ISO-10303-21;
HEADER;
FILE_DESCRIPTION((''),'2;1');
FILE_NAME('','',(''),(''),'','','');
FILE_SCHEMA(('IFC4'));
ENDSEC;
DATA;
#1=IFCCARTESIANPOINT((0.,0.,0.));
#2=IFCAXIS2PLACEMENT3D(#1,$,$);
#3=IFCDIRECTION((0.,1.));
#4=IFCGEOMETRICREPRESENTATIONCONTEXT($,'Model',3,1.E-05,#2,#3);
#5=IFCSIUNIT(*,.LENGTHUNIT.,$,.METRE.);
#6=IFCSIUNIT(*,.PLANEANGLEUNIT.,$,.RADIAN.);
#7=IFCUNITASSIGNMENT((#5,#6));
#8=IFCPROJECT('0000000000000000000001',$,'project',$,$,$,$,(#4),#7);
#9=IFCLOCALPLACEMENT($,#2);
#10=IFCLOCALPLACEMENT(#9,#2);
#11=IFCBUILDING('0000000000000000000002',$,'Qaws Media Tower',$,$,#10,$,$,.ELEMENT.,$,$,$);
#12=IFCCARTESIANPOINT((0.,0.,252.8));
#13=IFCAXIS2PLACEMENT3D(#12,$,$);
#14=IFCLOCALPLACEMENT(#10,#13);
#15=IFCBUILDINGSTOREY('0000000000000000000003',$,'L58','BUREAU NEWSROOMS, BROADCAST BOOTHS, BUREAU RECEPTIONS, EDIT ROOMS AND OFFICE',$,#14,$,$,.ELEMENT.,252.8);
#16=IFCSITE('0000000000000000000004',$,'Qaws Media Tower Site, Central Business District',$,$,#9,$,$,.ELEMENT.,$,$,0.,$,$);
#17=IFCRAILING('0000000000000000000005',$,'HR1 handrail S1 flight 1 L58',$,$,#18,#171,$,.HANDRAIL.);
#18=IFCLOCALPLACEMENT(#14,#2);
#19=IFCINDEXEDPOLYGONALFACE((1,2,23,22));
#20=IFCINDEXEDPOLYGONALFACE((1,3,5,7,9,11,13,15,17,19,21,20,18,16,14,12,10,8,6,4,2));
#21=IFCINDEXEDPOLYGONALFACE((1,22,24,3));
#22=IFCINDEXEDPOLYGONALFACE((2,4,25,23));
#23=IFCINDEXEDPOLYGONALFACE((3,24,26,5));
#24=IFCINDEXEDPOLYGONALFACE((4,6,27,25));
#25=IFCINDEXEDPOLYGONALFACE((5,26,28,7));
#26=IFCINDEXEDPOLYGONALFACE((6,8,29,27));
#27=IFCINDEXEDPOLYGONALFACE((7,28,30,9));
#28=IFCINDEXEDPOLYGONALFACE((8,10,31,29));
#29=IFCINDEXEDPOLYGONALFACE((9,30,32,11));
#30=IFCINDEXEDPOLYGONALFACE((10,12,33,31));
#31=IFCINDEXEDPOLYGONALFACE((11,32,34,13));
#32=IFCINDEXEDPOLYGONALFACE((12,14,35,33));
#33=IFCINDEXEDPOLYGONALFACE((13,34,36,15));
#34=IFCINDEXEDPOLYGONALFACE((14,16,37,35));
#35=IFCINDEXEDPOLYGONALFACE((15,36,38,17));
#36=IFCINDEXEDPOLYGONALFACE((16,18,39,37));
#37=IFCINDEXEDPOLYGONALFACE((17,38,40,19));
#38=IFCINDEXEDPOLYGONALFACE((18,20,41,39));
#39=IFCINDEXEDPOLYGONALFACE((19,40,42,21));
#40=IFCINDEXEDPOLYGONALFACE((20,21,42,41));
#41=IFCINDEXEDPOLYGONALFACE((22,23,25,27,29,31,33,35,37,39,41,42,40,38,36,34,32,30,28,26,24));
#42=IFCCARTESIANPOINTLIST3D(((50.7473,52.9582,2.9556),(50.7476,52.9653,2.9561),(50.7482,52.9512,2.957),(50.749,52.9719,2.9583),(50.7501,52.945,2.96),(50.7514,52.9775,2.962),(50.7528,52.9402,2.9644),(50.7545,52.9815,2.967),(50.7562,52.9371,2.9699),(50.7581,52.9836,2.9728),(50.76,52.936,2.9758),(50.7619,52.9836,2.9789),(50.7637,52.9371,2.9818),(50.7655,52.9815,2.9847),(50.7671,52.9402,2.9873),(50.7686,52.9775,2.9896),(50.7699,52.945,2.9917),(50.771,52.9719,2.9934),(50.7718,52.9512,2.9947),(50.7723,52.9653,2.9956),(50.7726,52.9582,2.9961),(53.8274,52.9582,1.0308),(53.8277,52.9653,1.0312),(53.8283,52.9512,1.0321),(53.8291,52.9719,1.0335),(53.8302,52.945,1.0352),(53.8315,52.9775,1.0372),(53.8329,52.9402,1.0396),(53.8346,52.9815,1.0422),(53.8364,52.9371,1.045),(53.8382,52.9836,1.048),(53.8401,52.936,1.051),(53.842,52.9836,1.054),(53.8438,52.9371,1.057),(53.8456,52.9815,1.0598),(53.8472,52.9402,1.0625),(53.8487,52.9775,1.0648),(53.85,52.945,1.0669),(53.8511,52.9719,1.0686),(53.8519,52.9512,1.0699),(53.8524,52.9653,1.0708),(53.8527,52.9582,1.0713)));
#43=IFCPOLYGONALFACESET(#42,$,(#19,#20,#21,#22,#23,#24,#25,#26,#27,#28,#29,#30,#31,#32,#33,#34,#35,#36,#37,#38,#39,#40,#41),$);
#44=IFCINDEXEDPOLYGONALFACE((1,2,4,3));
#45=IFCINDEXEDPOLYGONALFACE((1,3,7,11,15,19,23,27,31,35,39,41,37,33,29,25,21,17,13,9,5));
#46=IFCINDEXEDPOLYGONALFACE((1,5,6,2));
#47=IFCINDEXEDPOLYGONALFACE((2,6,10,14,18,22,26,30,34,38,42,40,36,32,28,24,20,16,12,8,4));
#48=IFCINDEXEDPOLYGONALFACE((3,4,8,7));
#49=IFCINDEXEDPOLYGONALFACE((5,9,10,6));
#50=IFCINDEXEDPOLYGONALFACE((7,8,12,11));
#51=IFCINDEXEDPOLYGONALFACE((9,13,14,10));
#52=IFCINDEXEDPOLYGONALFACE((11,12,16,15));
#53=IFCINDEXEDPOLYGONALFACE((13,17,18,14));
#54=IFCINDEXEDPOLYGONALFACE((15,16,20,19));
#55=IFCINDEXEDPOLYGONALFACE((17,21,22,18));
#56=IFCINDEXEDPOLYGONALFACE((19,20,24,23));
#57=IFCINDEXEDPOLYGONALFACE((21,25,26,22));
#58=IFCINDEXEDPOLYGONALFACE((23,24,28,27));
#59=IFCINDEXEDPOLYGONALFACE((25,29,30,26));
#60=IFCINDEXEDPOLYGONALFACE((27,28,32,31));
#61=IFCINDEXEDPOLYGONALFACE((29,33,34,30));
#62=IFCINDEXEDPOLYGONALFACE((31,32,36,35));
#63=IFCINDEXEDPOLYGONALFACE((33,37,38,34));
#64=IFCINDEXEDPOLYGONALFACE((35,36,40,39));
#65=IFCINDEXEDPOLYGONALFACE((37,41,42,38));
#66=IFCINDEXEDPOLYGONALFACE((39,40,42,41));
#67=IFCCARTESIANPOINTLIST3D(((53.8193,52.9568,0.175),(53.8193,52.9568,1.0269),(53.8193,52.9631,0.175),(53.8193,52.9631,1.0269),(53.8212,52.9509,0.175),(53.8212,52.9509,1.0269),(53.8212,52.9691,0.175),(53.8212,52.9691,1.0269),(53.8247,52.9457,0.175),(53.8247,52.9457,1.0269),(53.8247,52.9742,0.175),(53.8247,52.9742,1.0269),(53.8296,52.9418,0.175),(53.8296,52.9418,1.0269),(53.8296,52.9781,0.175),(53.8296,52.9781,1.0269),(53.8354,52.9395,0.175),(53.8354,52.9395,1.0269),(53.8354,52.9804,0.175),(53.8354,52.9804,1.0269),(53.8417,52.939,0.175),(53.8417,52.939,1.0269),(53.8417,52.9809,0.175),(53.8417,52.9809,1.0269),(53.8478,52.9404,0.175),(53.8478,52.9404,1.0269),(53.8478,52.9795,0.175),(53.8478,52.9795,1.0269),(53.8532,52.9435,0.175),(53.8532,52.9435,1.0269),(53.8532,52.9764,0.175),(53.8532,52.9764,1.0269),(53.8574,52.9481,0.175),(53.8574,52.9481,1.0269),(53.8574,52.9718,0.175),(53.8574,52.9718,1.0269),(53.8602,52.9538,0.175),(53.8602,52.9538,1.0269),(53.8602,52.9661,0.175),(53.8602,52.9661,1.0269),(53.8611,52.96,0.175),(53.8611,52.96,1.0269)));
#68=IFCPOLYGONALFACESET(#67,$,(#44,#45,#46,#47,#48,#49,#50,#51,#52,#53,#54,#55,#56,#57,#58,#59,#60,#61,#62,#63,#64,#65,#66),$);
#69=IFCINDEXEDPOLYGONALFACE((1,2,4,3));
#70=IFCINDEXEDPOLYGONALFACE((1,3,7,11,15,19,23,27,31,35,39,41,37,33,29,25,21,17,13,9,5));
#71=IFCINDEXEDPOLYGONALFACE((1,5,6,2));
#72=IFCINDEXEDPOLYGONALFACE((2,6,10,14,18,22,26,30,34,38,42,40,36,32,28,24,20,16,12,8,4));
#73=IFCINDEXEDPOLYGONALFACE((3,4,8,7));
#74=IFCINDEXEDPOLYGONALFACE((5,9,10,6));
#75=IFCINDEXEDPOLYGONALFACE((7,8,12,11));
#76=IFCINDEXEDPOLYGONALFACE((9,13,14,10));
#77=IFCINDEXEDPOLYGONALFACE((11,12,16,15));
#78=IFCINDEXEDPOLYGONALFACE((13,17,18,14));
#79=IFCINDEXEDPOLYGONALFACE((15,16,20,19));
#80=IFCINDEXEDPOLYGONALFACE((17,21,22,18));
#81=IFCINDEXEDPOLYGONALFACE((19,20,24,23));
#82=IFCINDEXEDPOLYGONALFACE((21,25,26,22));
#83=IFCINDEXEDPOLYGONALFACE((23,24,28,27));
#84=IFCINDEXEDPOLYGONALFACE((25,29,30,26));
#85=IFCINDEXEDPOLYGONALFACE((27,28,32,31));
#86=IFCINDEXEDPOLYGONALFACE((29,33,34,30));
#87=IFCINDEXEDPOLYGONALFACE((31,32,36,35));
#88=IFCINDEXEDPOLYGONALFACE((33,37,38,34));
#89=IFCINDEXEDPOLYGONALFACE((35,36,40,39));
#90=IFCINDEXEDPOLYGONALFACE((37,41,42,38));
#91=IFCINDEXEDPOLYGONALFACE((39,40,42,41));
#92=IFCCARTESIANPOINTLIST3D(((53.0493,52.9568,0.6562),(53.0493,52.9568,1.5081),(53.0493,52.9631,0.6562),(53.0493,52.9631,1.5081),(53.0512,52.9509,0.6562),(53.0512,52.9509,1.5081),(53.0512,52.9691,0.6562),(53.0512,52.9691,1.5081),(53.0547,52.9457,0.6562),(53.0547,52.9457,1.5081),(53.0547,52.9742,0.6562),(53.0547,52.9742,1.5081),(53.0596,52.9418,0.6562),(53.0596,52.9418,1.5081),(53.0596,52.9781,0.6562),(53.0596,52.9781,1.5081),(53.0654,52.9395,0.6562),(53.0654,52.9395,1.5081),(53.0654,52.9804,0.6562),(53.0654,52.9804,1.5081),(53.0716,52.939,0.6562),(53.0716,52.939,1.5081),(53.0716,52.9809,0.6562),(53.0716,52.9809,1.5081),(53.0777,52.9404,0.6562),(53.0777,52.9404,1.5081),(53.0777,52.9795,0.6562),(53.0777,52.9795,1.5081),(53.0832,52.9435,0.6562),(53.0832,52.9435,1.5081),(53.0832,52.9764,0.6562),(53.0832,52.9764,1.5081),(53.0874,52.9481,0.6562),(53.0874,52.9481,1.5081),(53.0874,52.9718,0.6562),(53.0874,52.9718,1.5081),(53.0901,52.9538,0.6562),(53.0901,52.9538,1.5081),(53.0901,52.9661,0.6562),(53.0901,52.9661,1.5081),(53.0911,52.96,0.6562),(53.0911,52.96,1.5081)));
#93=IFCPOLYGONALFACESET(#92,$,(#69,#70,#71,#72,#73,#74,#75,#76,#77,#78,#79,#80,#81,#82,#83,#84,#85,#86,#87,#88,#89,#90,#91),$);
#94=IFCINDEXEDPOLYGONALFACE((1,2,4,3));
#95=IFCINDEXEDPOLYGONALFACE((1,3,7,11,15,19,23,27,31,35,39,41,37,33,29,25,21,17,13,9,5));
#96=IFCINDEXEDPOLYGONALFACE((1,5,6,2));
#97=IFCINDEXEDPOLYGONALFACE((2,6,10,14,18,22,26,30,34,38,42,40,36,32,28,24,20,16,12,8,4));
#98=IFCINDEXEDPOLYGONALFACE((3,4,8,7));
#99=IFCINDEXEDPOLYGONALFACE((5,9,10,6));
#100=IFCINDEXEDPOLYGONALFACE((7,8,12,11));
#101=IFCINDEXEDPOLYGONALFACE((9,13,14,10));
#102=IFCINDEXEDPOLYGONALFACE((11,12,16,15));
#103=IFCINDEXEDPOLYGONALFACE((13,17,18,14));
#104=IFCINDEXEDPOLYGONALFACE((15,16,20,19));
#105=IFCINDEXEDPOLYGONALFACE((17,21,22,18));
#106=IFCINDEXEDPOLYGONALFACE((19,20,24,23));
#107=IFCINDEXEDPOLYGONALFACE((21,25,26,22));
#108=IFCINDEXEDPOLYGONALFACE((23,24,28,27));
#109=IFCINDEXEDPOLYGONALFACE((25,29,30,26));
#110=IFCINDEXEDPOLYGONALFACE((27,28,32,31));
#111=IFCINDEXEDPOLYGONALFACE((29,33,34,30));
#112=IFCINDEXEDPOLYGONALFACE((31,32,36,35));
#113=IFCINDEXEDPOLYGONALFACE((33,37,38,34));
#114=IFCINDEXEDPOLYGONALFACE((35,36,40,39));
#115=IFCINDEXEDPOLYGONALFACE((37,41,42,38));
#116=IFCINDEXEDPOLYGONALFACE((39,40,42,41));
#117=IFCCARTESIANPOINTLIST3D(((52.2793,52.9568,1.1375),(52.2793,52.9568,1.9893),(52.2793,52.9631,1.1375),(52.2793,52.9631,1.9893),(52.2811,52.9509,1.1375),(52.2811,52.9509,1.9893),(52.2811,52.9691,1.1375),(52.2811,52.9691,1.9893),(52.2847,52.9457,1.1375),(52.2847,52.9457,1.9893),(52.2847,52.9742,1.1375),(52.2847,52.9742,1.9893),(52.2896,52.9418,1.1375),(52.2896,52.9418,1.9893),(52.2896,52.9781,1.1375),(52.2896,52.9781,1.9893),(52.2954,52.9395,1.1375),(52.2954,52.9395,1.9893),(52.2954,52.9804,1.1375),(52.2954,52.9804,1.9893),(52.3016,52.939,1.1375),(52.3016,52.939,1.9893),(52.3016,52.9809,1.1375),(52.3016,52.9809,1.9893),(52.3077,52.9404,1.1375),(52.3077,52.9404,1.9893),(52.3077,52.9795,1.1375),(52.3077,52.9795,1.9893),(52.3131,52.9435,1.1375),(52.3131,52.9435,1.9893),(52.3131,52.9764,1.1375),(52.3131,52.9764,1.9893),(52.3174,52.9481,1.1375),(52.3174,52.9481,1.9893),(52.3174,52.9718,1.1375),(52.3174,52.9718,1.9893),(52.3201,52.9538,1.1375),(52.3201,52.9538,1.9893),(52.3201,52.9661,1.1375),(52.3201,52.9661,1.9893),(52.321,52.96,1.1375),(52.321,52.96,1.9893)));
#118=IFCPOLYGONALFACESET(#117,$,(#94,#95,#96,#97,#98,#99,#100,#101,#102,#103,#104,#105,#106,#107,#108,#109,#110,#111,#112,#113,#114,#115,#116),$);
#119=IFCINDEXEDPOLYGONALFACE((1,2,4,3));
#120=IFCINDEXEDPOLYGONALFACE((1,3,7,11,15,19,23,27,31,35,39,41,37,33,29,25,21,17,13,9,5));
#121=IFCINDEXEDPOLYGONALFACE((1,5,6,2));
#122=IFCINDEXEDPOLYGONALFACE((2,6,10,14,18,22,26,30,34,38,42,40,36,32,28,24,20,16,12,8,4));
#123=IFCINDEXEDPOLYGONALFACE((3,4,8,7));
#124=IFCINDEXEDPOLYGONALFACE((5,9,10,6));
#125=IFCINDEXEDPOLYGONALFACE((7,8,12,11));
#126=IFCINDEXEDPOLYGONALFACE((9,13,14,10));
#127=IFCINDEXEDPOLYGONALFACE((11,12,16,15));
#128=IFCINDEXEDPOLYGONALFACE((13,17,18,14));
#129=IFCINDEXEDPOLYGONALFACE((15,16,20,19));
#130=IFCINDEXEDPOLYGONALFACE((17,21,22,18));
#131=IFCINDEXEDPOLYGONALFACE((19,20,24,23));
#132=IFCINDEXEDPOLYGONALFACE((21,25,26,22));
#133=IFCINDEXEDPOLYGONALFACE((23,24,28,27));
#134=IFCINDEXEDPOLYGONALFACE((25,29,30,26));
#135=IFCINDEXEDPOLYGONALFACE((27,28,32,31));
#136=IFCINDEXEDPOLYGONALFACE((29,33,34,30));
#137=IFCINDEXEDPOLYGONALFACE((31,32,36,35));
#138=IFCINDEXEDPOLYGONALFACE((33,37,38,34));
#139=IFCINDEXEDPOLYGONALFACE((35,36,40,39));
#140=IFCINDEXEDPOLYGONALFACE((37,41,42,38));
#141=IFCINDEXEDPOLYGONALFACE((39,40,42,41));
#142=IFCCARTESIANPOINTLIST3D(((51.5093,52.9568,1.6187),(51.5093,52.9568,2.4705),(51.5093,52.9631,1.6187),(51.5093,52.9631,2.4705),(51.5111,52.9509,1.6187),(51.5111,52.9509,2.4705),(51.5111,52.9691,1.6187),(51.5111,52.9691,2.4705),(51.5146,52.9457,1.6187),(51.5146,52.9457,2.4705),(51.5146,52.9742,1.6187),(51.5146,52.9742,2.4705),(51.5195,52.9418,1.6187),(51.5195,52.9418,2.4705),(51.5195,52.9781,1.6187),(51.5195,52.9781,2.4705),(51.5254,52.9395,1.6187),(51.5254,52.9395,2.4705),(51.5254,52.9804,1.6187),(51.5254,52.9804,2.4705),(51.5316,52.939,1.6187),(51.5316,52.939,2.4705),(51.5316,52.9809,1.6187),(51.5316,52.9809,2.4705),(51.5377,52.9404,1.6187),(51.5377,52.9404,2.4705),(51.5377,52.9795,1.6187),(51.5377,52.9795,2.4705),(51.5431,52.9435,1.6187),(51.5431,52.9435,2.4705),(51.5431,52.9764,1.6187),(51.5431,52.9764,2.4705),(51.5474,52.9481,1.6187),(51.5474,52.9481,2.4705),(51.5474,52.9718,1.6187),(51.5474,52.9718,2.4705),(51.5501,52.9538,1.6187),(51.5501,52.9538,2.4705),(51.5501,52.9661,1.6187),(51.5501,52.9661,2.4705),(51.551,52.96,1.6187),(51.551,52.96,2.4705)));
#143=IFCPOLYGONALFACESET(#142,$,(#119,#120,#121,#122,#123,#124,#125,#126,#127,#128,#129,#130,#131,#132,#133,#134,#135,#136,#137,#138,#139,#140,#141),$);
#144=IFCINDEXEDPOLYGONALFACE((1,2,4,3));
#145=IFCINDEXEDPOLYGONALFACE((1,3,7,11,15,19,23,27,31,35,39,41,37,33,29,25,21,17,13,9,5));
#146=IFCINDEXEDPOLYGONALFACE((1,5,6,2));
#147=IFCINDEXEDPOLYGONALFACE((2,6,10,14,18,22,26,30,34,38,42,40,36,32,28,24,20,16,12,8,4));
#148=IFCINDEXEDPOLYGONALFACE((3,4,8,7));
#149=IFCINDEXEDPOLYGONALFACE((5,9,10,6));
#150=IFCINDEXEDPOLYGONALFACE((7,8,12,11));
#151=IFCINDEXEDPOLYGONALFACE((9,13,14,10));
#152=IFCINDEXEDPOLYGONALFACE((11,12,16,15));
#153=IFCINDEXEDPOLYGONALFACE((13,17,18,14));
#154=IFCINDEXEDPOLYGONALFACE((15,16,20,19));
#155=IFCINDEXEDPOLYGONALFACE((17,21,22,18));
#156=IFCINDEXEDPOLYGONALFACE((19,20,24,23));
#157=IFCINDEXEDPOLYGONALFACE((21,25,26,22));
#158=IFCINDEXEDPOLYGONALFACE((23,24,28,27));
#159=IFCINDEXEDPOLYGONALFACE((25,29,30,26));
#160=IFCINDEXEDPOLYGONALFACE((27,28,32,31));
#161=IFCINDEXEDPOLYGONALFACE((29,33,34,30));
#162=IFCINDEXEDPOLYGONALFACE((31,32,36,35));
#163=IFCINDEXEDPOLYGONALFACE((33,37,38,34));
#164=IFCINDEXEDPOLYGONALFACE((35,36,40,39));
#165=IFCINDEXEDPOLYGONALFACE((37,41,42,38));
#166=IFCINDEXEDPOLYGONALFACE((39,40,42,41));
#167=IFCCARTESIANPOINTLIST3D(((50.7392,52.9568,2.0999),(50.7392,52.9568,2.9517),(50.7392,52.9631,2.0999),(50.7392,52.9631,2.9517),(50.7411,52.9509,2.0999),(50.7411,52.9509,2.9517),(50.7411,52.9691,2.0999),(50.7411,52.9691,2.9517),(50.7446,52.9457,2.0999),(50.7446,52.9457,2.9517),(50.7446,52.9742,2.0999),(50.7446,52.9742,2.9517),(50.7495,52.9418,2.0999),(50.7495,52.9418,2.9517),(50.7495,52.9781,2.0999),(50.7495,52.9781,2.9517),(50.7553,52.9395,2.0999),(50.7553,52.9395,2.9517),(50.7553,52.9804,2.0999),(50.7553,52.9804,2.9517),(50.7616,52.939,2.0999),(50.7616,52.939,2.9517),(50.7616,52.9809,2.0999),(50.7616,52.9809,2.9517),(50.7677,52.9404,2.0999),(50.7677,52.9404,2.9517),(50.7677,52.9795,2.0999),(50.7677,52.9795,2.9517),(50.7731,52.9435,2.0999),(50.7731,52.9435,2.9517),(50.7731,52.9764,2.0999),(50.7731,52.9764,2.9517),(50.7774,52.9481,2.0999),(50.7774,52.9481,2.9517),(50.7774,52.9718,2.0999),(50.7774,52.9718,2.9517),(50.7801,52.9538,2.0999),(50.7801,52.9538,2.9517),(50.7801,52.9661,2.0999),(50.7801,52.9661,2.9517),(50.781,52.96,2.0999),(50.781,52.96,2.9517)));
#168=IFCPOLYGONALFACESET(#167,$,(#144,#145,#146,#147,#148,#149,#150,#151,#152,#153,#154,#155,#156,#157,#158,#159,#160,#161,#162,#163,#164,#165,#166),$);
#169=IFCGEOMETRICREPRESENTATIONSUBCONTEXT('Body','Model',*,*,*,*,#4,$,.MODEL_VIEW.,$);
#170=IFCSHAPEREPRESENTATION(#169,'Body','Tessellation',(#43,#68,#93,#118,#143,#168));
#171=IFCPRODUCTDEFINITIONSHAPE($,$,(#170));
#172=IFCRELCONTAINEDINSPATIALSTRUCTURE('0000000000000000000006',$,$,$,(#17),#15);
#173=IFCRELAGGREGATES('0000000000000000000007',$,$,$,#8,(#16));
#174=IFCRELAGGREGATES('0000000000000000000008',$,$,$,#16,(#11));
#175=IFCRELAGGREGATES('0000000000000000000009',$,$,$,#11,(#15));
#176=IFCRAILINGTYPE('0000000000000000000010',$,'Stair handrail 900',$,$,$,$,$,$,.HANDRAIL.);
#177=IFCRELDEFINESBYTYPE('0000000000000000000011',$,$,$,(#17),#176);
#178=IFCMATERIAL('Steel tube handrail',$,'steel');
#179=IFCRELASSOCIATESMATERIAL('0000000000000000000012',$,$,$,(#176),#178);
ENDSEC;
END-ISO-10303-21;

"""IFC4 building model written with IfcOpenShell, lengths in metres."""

from ifc_helpers import new_model, si_unit, direction, frame, origin, origin_2d, place, context, subcontext, project, spatial, circle, extrude, material, type_object, element, save


model = new_model("IFC4")

# Units and contexts
model_context = context("Model", 3, precision=1e-05, world=origin(), true_north=direction((0.0, 1.0)))
body_context = subcontext(model_context, "Body", "Model", "MODEL_VIEW")
ifc_project = project(units=[si_unit("LENGTHUNIT", "METRE"), si_unit("PLANEANGLEUNIT", "RADIAN")], contexts=[model_context])

# Site, building, storey
site_placement = place(None, origin())
site = spatial("IfcSite", under=ifc_project, at=site_placement, Name="Qaws Media Tower Site, Central Business District", CompositionType="ELEMENT", RefElevation=0.0)
building_placement = place(site_placement, origin())
building = spatial("IfcBuilding", under=site, at=building_placement, Name="Qaws Media Tower", CompositionType="ELEMENT")
storey_placement = place(building_placement, frame((0.0, 0.0, 252.8)))
storey = spatial("IfcBuildingStorey", under=building, at=storey_placement, Name="L58", Description="BUREAU NEWSROOMS, BROADCAST BOOTHS, BUREAU RECEPTIONS, EDIT ROOMS AND OFFICE", CompositionType="ELEMENT", Elevation=252.8)

# Railing
ifc_material_1 = material(Name="Steel tube handrail", Category="steel")
railing_type = type_object("IfcRailingType", Name="Stair handrail 900", PredefinedType="HANDRAIL", material=ifc_material_1)
for number, where, name in (
    (1, (53.8401, 52.96, 0.175), "HR1 handrail S1 flight 1 L58"),
):
    element("IfcRailing", number, at=place(storey_placement, frame(where)), inside=storey, type_object=railing_type, Name=name, PredefinedType="HANDRAIL", context=body_context, shape_type="SweptSolid", body=[
        extrude(circle(Radius=0.0239, at=origin_2d()), frame((0.0, 0.0, 0.876), z_axis=(-0.848029, 0.0, 0.529951), x_axis=(0.0, -1.0, 0.0)), (0.0, 0.0, 1.0), 3.6321),
        extrude(circle(Radius=0.021, at=origin_2d()), origin(), (0.0, 0.0, 1.0), 0.8518),
        extrude(circle(Radius=0.021, at=origin_2d()), frame((-0.77, 0.0, 0.4812)), (0.0, 0.0, 1.0), 0.8518),
        extrude(circle(Radius=0.021, at=origin_2d()), frame((-1.54, 0.0, 0.9624)), (0.0, 0.0, 1.0), 0.8518),
        extrude(circle(Radius=0.021, at=origin_2d()), frame((-2.3101, 0.0, 1.4436)), (0.0, 0.0, 1.0), 0.8518),
        extrude(circle(Radius=0.021, at=origin_2d()), frame((-3.0801, 0.0, 1.9248)), (0.0, 0.0, 1.0), 0.8518),
    ])

save(model, "model.ifc")
